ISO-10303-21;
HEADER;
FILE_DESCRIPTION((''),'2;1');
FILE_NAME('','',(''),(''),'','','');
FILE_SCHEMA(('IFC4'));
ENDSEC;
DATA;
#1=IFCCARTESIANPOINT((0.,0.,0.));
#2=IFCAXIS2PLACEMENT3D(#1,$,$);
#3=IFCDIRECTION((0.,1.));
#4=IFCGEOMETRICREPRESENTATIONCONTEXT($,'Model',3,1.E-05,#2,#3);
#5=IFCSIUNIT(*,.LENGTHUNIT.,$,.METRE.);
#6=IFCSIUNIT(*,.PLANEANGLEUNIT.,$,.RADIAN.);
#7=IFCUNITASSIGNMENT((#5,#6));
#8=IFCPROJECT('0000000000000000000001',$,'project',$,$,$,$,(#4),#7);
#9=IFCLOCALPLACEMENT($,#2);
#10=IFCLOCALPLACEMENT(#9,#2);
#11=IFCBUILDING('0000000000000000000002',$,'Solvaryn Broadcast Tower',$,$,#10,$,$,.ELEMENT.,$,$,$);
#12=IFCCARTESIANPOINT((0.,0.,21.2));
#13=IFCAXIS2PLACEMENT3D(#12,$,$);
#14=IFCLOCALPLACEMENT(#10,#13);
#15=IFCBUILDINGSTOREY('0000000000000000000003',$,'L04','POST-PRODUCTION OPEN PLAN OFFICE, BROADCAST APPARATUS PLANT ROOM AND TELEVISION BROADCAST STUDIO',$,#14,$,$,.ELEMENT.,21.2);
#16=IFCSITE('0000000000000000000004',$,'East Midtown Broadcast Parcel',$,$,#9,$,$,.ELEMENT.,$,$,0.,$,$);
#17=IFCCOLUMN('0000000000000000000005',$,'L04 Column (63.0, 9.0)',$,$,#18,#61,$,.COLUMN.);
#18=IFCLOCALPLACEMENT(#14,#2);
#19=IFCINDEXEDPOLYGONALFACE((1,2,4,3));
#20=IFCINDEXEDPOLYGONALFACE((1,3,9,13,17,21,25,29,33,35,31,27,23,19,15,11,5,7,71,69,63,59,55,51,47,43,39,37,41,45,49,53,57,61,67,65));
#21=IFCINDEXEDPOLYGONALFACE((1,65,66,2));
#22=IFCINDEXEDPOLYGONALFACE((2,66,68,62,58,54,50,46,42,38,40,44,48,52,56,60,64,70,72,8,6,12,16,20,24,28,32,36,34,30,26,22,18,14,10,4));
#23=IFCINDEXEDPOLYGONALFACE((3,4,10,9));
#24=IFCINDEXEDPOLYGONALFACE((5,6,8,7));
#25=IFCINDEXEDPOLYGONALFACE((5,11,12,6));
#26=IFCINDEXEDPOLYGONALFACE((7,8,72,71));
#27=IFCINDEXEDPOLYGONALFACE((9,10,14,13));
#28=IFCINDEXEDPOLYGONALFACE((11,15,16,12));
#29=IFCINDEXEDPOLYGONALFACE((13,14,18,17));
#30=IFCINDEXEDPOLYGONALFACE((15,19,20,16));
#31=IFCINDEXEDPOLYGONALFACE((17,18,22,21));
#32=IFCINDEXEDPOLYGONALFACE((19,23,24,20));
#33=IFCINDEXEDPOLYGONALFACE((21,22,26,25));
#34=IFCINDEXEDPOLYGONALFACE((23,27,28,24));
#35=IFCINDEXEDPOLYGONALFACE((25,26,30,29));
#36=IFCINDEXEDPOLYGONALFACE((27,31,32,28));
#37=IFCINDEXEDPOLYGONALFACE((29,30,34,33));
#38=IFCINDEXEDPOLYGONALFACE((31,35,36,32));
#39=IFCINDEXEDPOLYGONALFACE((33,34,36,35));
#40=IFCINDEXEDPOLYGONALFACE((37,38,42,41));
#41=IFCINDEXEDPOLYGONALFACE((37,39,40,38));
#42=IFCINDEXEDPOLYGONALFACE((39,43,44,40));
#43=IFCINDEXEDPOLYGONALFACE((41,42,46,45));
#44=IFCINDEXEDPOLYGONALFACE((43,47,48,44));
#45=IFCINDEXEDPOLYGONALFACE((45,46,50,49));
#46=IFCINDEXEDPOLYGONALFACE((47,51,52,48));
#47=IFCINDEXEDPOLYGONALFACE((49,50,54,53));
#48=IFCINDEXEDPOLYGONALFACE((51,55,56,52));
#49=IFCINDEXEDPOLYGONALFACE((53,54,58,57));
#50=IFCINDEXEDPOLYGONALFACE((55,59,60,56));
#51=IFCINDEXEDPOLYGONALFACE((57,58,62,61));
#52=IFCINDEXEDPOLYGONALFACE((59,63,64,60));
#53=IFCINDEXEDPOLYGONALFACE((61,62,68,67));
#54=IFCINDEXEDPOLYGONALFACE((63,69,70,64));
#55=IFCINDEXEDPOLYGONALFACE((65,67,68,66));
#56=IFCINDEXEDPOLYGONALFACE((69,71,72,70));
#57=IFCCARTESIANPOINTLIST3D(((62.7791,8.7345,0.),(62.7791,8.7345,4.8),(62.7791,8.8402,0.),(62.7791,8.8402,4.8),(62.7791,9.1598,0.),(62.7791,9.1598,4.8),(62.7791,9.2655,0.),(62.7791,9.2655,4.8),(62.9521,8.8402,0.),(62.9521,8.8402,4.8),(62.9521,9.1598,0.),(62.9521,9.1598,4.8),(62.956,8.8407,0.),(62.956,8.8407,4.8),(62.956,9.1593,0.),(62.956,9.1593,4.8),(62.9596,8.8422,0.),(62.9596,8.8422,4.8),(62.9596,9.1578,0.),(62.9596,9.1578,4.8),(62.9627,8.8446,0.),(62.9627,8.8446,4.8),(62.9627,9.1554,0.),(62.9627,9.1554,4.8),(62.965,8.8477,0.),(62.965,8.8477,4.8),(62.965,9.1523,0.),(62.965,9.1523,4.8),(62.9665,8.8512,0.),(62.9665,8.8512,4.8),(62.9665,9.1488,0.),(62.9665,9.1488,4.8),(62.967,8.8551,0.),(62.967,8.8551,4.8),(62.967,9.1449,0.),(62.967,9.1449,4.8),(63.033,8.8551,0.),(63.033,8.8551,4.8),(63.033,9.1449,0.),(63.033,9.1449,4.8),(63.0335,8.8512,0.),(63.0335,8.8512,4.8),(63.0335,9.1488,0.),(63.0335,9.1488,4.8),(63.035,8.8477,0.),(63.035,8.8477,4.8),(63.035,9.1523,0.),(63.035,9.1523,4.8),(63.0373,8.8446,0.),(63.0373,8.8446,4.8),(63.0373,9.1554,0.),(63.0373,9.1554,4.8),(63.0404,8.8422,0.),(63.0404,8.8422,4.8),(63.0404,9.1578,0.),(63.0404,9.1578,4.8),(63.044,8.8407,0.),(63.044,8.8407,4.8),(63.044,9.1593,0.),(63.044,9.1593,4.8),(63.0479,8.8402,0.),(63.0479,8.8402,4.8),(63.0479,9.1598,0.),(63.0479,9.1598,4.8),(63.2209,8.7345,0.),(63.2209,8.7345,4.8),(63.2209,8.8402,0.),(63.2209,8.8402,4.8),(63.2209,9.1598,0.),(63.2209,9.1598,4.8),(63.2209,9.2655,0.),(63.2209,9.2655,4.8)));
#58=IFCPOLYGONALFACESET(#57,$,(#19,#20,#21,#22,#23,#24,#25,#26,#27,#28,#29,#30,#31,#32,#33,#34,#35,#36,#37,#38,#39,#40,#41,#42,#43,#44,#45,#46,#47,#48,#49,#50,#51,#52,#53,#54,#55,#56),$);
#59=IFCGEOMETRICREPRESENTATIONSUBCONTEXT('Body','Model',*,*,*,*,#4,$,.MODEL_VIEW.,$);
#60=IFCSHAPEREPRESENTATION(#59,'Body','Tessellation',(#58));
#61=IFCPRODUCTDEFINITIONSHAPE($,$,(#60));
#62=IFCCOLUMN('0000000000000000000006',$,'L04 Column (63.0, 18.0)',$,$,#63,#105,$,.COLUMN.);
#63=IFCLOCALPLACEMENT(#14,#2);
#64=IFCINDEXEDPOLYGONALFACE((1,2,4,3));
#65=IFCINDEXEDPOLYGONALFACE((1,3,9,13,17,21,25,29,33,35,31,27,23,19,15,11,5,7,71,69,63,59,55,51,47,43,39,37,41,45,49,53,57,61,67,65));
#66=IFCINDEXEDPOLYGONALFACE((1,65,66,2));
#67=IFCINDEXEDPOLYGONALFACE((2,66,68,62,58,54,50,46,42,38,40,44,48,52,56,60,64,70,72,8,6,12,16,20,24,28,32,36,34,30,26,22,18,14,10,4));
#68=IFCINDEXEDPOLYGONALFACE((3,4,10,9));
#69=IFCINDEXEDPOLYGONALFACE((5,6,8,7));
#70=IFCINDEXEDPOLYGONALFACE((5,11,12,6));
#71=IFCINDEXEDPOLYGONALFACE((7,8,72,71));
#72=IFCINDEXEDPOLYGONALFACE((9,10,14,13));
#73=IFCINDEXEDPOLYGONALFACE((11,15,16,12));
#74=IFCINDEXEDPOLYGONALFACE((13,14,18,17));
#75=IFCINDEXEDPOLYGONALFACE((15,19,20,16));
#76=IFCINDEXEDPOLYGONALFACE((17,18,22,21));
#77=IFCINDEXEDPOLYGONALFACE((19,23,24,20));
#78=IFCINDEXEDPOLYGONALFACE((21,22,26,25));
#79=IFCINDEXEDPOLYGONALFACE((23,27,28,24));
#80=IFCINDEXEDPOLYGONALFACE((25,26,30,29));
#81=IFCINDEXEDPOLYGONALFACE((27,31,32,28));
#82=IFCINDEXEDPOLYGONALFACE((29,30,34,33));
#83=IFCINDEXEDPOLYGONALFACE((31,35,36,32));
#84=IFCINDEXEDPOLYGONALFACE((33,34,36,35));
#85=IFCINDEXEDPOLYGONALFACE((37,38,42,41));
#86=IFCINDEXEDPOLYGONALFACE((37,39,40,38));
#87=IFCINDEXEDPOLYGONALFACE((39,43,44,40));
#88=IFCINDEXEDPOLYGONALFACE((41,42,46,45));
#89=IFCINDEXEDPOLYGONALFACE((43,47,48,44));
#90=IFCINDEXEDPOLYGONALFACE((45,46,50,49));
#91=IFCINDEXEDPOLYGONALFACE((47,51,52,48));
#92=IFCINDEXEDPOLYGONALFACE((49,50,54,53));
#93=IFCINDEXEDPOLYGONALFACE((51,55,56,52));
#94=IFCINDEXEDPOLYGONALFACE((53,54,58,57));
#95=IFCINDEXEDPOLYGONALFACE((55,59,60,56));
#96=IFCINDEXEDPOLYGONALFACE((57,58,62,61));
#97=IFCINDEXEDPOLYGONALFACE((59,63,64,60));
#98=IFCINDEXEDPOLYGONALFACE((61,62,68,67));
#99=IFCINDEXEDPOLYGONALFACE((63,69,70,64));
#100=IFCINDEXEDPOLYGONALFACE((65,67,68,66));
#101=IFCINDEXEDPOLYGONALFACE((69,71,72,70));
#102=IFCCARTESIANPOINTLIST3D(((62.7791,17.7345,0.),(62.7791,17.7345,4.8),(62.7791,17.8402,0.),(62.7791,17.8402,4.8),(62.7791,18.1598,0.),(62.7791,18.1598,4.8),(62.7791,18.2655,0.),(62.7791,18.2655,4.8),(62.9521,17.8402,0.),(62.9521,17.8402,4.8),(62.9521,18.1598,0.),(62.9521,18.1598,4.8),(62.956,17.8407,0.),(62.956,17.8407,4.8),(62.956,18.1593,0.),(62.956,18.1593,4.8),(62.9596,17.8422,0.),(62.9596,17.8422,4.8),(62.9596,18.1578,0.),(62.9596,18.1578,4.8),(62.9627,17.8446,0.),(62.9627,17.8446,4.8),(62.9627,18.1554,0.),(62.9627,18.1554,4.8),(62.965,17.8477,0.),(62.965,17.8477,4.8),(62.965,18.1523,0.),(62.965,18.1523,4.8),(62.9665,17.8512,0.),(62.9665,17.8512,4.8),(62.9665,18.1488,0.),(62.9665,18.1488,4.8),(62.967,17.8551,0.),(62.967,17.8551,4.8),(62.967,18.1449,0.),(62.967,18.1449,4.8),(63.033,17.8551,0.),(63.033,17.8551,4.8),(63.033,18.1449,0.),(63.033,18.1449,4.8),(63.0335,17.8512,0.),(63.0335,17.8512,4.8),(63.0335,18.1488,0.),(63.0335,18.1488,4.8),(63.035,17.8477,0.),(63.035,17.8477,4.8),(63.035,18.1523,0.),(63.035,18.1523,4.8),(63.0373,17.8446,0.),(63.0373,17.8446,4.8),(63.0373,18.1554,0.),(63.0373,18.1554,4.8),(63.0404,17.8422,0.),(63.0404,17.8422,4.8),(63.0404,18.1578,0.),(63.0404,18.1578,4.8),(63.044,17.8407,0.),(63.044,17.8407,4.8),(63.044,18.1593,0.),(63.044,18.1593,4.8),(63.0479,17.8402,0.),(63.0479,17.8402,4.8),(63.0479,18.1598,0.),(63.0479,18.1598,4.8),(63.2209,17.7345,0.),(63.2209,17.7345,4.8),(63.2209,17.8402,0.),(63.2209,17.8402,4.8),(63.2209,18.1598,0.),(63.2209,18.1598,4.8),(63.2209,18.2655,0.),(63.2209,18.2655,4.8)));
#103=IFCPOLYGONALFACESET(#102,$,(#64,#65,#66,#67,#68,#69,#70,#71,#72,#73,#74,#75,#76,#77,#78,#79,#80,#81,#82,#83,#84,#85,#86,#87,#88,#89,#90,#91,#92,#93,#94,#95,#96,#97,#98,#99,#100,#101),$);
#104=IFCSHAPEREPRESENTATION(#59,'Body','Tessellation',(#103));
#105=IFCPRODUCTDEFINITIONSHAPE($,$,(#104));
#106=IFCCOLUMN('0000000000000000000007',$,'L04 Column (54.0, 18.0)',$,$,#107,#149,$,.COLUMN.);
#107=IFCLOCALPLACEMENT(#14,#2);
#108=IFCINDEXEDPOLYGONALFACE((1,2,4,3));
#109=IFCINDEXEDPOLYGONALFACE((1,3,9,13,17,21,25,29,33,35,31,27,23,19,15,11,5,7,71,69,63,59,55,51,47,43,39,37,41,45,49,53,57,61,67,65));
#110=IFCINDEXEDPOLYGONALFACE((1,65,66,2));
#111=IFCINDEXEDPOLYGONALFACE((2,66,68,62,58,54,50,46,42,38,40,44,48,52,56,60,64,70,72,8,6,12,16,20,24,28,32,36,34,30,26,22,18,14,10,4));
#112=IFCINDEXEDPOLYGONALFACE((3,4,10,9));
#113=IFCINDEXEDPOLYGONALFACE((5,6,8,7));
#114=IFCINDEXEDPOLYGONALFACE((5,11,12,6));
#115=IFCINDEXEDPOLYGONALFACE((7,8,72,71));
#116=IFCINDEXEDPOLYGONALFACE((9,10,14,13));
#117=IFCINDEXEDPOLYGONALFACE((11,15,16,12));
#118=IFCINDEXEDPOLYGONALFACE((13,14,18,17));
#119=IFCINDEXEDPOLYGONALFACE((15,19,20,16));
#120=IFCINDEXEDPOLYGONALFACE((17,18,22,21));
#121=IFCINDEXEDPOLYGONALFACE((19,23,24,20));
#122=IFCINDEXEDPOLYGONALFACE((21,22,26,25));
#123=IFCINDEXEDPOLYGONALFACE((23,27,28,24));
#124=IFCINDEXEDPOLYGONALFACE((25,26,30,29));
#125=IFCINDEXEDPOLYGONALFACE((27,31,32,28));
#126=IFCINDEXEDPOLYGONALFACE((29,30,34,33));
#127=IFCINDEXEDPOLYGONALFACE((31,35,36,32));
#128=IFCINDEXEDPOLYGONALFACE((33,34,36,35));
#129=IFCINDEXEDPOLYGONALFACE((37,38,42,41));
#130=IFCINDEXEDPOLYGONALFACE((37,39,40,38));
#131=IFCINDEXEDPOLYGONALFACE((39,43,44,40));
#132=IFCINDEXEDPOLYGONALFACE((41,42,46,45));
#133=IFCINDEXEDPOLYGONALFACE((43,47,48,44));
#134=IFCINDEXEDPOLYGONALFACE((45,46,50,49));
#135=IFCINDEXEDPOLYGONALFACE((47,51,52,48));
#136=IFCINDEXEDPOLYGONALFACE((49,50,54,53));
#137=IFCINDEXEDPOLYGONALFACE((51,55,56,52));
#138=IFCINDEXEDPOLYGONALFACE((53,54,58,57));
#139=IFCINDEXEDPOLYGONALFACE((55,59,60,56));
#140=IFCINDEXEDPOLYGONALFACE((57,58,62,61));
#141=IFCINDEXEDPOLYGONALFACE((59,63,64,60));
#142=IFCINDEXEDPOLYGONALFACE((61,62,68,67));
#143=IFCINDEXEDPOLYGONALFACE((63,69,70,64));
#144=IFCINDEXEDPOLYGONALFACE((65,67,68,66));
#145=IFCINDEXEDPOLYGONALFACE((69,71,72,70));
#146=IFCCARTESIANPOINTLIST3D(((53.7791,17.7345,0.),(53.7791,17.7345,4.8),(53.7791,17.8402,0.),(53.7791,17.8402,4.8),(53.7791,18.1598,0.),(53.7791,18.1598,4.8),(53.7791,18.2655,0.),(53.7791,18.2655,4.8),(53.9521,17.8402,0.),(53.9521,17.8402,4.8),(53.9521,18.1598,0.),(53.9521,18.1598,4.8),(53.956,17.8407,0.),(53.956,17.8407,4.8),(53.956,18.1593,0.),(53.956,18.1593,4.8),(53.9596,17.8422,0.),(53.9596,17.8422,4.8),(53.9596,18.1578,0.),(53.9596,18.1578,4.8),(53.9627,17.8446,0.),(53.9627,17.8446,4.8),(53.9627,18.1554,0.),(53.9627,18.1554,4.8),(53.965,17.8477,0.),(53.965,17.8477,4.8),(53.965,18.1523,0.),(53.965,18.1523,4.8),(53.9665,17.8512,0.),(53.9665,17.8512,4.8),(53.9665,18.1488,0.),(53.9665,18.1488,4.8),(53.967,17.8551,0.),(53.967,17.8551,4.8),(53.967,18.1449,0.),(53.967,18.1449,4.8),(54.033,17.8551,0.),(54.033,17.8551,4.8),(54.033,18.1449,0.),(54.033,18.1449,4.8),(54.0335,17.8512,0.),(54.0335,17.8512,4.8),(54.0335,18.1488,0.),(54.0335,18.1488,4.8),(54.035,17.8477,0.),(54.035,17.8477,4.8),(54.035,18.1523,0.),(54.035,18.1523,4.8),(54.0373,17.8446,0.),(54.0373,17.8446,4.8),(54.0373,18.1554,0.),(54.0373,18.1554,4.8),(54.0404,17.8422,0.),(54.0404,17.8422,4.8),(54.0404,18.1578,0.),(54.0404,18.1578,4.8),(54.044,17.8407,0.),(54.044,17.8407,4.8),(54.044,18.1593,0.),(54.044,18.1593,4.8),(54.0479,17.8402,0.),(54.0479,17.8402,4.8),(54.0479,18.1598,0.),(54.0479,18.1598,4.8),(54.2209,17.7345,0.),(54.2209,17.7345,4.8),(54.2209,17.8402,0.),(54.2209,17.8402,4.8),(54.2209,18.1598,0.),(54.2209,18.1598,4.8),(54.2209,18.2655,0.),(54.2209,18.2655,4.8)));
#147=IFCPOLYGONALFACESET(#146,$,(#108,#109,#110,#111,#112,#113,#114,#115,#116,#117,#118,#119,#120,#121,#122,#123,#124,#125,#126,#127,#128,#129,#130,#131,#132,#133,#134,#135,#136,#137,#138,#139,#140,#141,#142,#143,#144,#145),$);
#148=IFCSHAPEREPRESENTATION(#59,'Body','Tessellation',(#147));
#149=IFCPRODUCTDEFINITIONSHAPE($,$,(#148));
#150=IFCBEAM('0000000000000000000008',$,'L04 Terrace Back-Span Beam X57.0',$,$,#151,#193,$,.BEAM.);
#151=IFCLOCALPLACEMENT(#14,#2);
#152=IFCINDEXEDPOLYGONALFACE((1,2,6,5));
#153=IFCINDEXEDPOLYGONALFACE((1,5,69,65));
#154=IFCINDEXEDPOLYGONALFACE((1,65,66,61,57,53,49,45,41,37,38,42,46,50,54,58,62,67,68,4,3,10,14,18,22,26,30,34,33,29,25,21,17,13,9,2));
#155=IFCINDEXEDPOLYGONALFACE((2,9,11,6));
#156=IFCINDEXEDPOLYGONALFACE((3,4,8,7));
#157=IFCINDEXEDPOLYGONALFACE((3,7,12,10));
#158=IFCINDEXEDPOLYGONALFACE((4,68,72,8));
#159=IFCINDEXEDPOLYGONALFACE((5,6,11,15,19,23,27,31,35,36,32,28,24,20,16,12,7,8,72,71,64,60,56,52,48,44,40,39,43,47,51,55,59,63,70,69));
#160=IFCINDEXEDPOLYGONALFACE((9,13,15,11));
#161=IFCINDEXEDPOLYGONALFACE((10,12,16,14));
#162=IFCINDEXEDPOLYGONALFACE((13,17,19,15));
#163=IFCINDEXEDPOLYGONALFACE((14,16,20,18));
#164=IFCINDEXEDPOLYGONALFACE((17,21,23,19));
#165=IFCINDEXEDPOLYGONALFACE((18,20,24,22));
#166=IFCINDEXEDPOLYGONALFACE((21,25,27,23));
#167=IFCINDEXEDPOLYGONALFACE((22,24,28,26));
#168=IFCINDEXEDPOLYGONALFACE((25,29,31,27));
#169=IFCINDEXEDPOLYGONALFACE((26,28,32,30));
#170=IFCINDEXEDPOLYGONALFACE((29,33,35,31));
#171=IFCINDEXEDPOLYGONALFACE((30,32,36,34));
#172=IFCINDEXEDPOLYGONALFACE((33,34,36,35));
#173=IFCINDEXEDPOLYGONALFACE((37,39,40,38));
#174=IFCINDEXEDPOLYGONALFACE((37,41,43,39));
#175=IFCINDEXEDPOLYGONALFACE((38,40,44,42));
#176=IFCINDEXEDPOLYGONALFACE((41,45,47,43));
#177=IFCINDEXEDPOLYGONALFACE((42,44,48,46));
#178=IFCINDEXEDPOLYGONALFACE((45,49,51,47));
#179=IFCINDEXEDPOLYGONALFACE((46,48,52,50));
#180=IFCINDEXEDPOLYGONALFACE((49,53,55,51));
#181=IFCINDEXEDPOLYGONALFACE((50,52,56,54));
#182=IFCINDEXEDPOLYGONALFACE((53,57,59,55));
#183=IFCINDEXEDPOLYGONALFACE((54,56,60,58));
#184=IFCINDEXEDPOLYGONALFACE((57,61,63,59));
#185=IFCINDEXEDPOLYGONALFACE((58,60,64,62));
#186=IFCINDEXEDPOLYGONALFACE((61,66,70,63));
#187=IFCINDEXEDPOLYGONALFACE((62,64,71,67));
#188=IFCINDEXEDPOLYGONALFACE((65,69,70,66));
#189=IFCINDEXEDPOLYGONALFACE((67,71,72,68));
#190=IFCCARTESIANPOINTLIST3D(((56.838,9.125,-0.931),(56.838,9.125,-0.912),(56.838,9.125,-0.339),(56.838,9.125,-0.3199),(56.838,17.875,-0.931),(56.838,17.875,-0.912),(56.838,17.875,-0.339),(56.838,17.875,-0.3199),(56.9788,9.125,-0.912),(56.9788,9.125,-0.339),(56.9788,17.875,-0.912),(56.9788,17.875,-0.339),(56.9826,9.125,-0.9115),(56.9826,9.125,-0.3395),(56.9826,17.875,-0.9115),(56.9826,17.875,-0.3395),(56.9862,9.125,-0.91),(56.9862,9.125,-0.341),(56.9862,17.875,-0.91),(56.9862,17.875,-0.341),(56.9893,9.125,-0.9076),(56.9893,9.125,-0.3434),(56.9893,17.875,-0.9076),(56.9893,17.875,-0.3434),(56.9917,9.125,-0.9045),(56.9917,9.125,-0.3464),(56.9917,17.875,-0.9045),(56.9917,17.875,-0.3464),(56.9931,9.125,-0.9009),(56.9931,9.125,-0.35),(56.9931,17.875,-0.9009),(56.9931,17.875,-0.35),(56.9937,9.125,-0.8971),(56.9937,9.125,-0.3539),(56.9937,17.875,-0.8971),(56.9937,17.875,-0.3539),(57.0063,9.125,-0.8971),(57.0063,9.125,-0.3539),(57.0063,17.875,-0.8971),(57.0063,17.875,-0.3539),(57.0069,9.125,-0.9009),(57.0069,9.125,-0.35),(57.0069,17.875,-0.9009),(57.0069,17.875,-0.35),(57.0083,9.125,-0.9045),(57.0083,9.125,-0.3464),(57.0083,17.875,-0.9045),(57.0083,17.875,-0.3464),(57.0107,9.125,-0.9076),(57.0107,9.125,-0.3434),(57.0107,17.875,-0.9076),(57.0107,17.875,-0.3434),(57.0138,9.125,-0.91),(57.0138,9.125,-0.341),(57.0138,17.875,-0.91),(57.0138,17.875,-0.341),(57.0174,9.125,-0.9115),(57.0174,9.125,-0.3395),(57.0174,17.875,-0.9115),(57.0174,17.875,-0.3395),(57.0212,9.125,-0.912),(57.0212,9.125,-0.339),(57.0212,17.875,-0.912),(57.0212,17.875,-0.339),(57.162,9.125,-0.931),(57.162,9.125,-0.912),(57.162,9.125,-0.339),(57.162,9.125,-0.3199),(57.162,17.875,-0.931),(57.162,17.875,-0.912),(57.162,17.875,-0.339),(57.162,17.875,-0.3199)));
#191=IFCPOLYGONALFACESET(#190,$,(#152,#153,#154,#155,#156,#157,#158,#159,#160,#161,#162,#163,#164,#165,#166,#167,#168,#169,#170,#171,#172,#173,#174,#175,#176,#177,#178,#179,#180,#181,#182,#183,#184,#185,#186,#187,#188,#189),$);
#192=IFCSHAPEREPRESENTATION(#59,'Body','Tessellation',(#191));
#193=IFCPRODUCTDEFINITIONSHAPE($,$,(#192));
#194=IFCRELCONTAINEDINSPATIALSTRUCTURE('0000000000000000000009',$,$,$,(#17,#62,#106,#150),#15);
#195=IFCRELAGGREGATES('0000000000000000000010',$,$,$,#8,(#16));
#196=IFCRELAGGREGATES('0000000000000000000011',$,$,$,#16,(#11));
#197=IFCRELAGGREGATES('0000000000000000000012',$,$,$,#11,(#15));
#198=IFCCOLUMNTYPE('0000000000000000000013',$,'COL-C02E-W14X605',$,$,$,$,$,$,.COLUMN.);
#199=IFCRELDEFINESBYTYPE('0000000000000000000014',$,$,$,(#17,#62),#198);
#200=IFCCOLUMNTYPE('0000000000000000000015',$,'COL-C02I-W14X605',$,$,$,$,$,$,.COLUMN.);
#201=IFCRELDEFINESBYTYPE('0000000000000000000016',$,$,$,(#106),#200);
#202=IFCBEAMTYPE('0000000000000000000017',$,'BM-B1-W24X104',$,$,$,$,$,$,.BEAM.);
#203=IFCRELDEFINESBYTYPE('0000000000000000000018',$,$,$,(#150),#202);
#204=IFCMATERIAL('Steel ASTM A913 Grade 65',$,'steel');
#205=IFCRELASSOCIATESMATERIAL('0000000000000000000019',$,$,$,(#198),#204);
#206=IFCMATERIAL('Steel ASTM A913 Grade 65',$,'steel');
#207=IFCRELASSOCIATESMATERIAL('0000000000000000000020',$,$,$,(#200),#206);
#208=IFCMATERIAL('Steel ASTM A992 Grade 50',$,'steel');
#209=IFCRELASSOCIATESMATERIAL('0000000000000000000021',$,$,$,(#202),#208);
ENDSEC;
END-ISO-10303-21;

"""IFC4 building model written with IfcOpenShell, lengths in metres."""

from ifc_helpers import new_model, si_unit, direction, frame, origin, origin_2d, place, context, subcontext, project, spatial, i_section, extrude, material, material_profile, profile_set, type_object, element, save


model = new_model("IFC4")

# Units and contexts
model_context = context("Model", 3, precision=1e-05, world=origin(), true_north=direction((0.0, 1.0)))
body_context = subcontext(model_context, "Body", "Model", "MODEL_VIEW")
ifc_project = project(units=[si_unit("LENGTHUNIT", "METRE"), si_unit("PLANEANGLEUNIT", "RADIAN")], contexts=[model_context])

# Site, building, storey
site_placement = place(None, origin())
site = spatial("IfcSite", under=ifc_project, at=site_placement, Name="East Midtown Broadcast Parcel", CompositionType="ELEMENT", RefElevation=0.0)
building_placement = place(site_placement, origin())
building = spatial("IfcBuilding", under=site, at=building_placement, Name="Solvaryn Broadcast Tower", CompositionType="ELEMENT")
storey_placement = place(building_placement, frame((0.0, 0.0, 21.2)))
storey = spatial("IfcBuildingStorey", under=building, at=storey_placement, Name="L04", Description="POST-PRODUCTION OPEN PLAN OFFICE, BROADCAST APPARATUS PLANT ROOM AND TELEVISION BROADCAST STUDIO", CompositionType="ELEMENT", Elevation=21.2)

# Columns
ifc_material_1 = material(Name="Steel ASTM A913 Grade 65", Category="steel")
ifc_material_profile_1 = material_profile(ifc_material_1, i_section(OverallWidth=0.4419, OverallDepth=0.531, WebThickness=0.0659, FlangeThickness=0.1057, FilletRadius=0.0149, at=origin_2d()))
ifc_profile_set_1 = profile_set([ifc_material_profile_1], Name="Steel ASTM A913 Grade 65")
column_type_1 = type_object("IfcColumnType", Name="COL-C02E-W14X605", PredefinedType="COLUMN", material=ifc_profile_set_1)
for number, where, z_axis, x_axis, name in (
    (1, (63.0, 9.0, 0.0), (0.0, 0.0, 1.0), (1.0, 0.0, 0.0), "L04 Column (63.0, 9.0)"),
    (2, (63.0, 18.0, 0.0), (0.0, 0.0, 1.0), (1.0, 0.0, 0.0), "L04 Column (63.0, 18.0)"),
):
    element("IfcColumn", number, at=place(storey_placement, frame(where, z_axis=z_axis, x_axis=x_axis)), inside=storey, type_object=column_type_1, Name=name, PredefinedType="COLUMN", context=body_context, shape_type="SweptSolid", body=[
        extrude(i_section(OverallWidth=0.4419, OverallDepth=0.531, WebThickness=0.0659, FlangeThickness=0.1057, FilletRadius=0.0149, at=origin_2d()), origin(), (0.0, 0.0, 1.0), 4.8),
    ])
ifc_material_2 = material(Name="Steel ASTM A913 Grade 65", Category="steel")
ifc_material_profile_2 = material_profile(ifc_material_2, i_section(OverallWidth=0.4419, OverallDepth=0.531, WebThickness=0.0659, FlangeThickness=0.1057, FilletRadius=0.0149, at=origin_2d()))
ifc_profile_set_2 = profile_set([ifc_material_profile_2], Name="Steel ASTM A913 Grade 65")
column_type_2 = type_object("IfcColumnType", Name="COL-C02I-W14X605", PredefinedType="COLUMN", material=ifc_profile_set_2)
column_placement = place(storey_placement, frame((54.0, 18.0, 0.0), z_axis=(0.0, 0.0, 1.0), x_axis=(1.0, 0.0, 0.0)))
element("IfcColumn", 3, at=column_placement, inside=storey, type_object=column_type_2, Name="L04 Column (54.0, 18.0)", PredefinedType="COLUMN", context=body_context, shape_type="SweptSolid", body=[
    extrude(i_section(OverallWidth=0.4419, OverallDepth=0.531, WebThickness=0.0659, FlangeThickness=0.1057, FilletRadius=0.0149, at=origin_2d()), origin(), (0.0, 0.0, 1.0), 4.8),
])

# Beam
ifc_material_3 = material(Name="Steel ASTM A992 Grade 50", Category="steel")
ifc_material_profile_3 = material_profile(ifc_material_3, i_section(OverallWidth=0.324, OverallDepth=0.6111, WebThickness=0.0127, FlangeThickness=0.019, FilletRadius=0.0149, at=origin_2d()))
ifc_profile_set_3 = profile_set([ifc_material_profile_3], Name="Steel ASTM A992 Grade 50")
beam_type_1 = type_object("IfcBeamType", Name="BM-B1-W24X104", PredefinedType="BEAM", material=ifc_profile_set_3)
beam_1_placement = place(storey_placement, frame((57.0, 17.875, -0.6255), z_axis=(0.0, -1.0, 0.0), x_axis=(1.0, 0.0, 0.0)))
element("IfcBeam", 4, at=beam_1_placement, inside=storey, type_object=beam_type_1, Name="L04 Terrace Back-Span Beam X57.0", PredefinedType="BEAM", context=body_context, shape_type="SweptSolid", body=[
    extrude(i_section(OverallWidth=0.324, OverallDepth=0.6111, WebThickness=0.0127, FlangeThickness=0.019, FilletRadius=0.0149, at=origin_2d()), origin(), (0.0, 0.0, 1.0), 8.75),
])

save(model, "model.ifc")
